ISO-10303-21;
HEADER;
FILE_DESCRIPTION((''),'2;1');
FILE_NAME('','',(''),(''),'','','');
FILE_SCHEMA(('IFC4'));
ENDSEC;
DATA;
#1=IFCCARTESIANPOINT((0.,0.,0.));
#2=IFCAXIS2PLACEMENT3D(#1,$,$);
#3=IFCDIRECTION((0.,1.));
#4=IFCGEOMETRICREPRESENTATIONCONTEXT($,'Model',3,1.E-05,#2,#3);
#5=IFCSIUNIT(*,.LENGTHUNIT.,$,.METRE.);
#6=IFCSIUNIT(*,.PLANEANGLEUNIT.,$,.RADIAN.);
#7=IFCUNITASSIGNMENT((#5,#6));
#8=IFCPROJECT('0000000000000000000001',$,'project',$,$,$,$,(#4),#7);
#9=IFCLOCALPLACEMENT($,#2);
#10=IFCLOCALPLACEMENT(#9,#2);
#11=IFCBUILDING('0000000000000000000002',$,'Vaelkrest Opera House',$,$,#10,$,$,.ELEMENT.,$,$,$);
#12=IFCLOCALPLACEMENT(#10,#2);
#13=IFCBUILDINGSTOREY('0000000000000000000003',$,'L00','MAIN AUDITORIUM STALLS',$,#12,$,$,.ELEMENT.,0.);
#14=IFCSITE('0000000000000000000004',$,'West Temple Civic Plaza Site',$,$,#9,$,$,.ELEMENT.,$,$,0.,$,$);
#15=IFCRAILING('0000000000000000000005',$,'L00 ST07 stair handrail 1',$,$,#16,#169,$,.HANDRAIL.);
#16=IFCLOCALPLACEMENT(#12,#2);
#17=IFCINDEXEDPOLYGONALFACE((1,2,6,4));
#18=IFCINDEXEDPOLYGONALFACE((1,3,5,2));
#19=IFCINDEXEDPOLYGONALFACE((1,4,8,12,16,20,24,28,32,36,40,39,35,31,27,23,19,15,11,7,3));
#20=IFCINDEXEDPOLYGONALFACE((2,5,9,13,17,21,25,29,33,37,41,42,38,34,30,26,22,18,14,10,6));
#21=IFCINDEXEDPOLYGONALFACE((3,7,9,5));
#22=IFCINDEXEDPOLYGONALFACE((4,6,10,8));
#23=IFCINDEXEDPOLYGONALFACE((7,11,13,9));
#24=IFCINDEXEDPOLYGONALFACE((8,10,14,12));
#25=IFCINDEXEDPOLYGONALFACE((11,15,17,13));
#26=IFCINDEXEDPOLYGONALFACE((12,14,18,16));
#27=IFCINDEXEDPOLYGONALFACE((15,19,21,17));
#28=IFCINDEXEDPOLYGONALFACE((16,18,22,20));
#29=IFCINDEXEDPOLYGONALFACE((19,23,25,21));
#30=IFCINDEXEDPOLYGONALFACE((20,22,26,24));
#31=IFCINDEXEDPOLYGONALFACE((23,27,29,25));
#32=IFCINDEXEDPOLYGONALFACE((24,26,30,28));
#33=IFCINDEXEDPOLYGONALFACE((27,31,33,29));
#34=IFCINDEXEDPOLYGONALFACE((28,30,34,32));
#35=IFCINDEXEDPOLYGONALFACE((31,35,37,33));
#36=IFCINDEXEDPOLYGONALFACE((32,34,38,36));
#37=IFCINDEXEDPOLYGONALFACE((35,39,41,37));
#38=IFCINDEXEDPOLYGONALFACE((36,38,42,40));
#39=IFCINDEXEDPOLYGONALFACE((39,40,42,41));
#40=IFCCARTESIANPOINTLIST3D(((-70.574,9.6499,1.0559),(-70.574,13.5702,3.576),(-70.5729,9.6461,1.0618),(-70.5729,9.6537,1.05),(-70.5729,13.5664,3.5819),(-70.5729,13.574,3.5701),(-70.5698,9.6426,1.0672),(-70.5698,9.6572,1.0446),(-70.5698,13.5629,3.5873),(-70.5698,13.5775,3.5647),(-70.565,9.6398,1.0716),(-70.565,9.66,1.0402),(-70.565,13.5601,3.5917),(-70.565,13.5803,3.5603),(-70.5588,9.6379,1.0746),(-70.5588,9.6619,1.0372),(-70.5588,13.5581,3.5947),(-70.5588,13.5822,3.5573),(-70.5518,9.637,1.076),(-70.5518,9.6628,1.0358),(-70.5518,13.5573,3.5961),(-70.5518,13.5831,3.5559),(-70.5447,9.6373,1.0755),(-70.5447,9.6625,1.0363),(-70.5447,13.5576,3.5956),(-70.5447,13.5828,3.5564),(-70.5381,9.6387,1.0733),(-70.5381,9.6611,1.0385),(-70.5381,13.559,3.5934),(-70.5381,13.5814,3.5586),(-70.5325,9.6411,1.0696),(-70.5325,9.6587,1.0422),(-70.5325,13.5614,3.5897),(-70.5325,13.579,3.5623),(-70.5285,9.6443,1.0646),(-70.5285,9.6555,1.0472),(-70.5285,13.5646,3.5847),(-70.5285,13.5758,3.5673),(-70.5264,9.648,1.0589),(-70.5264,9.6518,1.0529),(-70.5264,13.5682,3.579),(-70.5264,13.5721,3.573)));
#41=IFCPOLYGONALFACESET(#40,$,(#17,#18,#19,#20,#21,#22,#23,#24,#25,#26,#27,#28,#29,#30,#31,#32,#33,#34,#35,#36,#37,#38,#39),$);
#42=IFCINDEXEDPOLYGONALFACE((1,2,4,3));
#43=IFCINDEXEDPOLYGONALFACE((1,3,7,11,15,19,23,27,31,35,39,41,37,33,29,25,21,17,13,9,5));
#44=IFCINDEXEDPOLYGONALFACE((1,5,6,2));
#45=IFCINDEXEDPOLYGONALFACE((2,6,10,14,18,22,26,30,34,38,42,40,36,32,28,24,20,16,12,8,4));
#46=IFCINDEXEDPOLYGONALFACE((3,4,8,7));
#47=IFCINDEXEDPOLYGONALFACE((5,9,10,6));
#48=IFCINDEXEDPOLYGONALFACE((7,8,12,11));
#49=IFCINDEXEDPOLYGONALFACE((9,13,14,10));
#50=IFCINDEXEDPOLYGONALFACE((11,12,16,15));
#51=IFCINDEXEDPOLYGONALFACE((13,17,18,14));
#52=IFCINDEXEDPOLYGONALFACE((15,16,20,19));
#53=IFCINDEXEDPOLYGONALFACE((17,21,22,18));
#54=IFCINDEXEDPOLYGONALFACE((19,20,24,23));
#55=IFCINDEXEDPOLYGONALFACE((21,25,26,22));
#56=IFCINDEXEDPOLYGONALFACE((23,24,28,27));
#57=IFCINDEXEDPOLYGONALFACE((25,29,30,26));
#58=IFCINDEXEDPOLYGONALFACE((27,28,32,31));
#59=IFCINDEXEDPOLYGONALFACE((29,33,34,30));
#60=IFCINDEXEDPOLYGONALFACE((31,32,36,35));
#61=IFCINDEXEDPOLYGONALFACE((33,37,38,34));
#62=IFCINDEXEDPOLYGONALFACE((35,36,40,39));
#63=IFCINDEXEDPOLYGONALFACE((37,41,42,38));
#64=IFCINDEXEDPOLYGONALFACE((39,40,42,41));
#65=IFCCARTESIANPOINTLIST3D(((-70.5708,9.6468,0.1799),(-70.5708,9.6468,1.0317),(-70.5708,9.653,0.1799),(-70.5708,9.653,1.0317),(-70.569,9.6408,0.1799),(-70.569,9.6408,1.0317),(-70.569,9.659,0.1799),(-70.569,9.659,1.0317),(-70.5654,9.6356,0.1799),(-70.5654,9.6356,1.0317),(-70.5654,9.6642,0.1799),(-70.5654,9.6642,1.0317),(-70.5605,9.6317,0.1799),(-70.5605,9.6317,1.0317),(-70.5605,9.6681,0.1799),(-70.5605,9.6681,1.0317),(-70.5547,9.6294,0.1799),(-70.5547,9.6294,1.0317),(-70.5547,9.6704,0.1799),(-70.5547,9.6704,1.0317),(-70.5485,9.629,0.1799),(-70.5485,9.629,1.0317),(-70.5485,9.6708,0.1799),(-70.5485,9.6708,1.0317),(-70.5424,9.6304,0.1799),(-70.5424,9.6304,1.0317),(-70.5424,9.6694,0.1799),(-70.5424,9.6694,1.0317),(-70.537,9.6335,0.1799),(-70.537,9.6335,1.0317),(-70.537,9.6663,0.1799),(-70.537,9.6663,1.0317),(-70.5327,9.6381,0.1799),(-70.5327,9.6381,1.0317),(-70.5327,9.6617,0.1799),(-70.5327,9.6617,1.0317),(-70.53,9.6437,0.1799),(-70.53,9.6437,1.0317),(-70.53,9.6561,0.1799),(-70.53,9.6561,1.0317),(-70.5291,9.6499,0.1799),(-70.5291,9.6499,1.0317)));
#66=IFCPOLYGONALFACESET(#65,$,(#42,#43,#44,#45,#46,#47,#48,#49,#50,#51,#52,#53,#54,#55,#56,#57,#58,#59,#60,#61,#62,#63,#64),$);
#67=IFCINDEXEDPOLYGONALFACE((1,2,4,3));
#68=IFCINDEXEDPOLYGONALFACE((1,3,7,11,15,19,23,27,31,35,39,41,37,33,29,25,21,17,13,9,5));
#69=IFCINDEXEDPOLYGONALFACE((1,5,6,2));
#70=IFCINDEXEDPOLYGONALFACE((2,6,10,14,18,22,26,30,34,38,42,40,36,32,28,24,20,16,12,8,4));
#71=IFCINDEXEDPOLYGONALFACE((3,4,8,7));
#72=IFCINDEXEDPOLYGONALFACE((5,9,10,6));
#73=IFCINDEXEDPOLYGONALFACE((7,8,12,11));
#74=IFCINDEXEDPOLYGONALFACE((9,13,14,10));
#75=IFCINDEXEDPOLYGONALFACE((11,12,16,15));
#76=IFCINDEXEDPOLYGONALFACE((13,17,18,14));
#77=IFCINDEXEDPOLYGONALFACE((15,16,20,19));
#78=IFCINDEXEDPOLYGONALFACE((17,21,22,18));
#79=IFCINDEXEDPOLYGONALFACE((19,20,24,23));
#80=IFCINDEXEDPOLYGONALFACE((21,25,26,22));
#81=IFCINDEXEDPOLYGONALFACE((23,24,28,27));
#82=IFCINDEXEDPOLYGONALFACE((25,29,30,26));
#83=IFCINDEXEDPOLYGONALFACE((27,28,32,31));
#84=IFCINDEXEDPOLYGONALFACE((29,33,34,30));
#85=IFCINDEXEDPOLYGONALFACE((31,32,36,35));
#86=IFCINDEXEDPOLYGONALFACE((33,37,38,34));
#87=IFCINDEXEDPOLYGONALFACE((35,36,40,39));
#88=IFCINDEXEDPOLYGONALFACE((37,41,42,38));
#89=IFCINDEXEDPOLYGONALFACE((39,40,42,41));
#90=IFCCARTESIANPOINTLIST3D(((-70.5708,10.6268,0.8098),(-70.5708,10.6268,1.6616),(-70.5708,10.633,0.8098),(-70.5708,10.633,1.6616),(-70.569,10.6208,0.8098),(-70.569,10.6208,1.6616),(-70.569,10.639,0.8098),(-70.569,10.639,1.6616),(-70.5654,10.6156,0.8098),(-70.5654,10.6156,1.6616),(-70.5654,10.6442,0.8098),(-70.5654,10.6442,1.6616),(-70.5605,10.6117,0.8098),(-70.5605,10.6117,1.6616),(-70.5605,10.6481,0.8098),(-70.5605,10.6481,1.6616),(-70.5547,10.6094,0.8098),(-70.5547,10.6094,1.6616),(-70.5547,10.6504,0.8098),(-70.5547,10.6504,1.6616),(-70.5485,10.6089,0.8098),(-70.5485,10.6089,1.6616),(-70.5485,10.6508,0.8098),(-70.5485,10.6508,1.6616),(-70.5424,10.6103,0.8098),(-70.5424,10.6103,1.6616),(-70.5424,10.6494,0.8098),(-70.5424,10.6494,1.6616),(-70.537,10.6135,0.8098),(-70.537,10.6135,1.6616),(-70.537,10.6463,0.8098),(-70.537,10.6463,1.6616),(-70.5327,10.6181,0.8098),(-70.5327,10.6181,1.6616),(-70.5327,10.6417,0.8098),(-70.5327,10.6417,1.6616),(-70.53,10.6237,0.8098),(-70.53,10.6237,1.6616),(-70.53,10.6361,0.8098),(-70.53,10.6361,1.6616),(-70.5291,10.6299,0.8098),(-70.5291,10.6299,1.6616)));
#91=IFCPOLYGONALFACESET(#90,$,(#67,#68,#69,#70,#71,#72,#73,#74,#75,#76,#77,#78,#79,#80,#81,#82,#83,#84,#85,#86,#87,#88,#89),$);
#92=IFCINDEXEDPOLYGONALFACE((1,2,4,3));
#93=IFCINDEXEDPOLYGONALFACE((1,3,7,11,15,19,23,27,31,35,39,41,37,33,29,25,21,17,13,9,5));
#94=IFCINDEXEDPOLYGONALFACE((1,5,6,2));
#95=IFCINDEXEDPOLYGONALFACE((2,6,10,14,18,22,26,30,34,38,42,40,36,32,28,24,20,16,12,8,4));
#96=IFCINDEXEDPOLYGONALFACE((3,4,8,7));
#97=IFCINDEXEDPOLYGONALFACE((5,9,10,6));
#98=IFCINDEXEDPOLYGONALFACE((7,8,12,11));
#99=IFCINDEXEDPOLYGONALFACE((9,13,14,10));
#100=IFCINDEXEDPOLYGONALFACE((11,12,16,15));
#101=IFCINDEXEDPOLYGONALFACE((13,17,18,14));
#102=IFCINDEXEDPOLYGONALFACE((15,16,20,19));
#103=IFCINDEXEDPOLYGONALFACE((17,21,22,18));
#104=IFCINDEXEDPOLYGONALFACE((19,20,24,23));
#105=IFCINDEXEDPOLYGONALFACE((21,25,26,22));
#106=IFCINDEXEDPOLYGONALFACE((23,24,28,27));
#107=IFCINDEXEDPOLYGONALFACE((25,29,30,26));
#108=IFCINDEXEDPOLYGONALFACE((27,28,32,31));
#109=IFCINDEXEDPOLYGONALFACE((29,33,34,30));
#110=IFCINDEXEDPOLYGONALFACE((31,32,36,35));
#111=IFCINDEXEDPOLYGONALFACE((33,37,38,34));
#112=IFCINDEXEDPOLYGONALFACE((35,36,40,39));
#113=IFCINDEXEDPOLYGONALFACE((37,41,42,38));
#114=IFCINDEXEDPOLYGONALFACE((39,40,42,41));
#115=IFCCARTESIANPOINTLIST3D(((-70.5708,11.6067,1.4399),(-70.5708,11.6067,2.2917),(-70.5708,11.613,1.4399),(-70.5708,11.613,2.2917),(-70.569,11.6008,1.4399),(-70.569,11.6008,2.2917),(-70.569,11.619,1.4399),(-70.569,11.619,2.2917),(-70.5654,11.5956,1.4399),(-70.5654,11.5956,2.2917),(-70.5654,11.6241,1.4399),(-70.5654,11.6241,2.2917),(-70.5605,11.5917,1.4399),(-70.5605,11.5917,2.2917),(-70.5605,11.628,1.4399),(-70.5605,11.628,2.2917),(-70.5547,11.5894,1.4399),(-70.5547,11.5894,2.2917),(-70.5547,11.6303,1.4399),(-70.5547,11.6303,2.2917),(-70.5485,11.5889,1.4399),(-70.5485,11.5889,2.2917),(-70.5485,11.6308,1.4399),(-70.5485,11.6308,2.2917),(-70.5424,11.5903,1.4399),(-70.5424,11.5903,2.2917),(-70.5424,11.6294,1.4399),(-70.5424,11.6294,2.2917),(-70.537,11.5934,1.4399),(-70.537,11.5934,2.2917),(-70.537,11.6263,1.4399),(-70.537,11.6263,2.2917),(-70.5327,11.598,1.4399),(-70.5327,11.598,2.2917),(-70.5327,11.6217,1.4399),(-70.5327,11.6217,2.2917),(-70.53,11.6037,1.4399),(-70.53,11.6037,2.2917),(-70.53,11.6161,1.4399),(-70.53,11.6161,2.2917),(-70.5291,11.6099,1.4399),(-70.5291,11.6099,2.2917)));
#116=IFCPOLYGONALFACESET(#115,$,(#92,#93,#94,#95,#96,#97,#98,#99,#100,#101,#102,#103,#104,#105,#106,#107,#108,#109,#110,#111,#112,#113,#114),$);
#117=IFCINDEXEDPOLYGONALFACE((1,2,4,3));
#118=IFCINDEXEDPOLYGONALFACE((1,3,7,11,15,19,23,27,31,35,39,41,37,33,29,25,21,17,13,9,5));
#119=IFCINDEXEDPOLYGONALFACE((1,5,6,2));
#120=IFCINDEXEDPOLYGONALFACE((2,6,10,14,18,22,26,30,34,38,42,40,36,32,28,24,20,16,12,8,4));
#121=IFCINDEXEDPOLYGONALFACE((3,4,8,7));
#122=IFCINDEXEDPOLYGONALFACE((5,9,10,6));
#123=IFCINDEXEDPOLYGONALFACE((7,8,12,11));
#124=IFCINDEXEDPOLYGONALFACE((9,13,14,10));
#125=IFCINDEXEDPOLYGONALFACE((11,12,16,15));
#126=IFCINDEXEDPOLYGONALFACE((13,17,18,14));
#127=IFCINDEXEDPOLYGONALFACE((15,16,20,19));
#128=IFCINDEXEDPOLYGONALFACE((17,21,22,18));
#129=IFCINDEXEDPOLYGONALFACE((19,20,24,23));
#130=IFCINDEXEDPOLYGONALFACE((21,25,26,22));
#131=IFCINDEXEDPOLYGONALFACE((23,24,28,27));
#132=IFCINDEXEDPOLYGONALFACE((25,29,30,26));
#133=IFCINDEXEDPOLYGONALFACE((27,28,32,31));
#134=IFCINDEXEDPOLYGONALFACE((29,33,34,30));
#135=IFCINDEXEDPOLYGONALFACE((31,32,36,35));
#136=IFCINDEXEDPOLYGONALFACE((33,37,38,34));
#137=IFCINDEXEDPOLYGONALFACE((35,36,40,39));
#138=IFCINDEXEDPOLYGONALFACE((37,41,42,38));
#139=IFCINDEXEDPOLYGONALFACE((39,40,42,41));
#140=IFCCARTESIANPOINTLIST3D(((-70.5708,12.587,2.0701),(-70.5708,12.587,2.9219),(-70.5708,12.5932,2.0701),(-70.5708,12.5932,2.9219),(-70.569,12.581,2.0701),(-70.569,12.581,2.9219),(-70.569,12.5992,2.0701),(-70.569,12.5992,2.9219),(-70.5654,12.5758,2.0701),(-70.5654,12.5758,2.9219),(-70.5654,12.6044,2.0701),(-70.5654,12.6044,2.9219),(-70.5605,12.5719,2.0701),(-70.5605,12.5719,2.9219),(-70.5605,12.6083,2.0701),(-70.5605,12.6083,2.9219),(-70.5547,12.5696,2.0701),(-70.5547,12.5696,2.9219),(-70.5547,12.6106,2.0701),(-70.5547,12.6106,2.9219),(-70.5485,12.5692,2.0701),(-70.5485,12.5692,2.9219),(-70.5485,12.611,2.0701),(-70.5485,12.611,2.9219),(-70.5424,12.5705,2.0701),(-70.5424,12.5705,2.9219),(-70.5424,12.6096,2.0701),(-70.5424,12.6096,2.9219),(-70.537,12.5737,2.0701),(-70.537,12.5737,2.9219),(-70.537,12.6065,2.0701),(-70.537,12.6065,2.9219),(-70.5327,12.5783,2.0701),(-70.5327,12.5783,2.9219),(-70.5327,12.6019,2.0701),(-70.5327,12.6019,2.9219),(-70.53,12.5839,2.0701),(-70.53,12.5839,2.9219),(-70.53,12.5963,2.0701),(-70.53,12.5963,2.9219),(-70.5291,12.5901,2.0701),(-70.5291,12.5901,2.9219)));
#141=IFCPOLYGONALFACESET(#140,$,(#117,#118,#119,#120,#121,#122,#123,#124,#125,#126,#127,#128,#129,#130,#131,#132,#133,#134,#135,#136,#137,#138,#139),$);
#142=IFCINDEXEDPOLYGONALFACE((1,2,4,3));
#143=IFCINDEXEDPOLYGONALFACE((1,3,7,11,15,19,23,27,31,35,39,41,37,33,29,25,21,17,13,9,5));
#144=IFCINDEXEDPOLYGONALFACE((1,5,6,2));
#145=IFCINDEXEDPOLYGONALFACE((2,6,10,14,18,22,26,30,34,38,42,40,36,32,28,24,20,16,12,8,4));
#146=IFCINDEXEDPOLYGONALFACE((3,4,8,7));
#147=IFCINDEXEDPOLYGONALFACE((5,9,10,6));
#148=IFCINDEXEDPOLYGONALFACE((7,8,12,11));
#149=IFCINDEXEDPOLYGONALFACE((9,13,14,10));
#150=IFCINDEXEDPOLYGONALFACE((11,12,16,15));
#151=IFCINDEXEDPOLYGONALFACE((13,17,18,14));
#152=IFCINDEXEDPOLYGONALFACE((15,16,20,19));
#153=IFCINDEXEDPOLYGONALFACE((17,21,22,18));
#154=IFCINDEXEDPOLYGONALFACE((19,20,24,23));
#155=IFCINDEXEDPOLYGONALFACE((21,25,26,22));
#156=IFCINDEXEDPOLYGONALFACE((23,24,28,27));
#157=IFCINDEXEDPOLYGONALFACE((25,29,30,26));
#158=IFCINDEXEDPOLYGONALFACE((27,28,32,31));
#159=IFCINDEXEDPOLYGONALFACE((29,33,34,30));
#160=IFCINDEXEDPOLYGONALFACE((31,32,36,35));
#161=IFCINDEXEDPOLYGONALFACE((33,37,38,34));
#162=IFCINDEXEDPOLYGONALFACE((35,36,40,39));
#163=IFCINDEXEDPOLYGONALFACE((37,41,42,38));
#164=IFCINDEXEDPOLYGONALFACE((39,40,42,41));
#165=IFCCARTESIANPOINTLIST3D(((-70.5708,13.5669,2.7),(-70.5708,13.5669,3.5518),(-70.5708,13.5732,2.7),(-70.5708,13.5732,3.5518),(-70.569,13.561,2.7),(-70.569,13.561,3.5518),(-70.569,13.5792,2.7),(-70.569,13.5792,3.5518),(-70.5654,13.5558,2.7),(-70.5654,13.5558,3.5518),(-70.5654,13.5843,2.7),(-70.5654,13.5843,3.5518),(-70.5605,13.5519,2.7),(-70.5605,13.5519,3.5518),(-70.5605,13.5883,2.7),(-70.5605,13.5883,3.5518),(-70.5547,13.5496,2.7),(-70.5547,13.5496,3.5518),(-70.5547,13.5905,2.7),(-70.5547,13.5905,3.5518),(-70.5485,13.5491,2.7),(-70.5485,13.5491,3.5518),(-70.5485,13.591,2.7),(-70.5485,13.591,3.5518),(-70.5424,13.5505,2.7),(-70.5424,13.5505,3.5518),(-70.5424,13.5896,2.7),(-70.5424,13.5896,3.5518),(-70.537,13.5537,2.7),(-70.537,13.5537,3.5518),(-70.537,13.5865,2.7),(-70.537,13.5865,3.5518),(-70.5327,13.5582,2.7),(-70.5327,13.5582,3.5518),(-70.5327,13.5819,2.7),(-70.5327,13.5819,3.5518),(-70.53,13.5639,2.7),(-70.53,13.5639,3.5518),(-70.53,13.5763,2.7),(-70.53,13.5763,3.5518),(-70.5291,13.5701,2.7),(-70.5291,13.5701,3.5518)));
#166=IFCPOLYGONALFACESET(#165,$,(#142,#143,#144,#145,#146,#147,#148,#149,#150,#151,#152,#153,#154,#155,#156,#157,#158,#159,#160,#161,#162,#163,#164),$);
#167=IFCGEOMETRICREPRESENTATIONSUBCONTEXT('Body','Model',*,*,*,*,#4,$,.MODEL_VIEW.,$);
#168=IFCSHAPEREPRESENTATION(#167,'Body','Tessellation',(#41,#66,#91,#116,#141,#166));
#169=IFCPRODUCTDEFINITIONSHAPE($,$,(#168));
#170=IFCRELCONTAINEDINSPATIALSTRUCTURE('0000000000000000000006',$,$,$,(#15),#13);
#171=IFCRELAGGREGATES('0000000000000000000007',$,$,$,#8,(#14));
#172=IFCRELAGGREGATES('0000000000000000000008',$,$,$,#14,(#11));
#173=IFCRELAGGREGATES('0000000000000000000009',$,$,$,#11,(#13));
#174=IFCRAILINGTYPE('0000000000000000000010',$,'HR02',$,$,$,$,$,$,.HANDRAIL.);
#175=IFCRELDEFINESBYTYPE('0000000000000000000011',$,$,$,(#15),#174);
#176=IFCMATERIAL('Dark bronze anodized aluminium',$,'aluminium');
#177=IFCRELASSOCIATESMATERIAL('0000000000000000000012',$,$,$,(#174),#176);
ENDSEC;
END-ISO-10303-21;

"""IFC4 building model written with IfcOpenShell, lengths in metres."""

from ifc_helpers import new_model, si_unit, direction, frame, origin, origin_2d, place, context, subcontext, project, spatial, circle, extrude, material, type_object, element, save


model = new_model("IFC4")

# Units and contexts
model_context = context("Model", 3, precision=1e-05, world=origin(), true_north=direction((0.0, 1.0)))
body_context = subcontext(model_context, "Body", "Model", "MODEL_VIEW")
ifc_project = project(units=[si_unit("LENGTHUNIT", "METRE"), si_unit("PLANEANGLEUNIT", "RADIAN")], contexts=[model_context])

# Site, building, storey
site_placement = place(None, origin())
site = spatial("IfcSite", under=ifc_project, at=site_placement, Name="West Temple Civic Plaza Site", CompositionType="ELEMENT", RefElevation=0.0)
building_placement = place(site_placement, origin())
building = spatial("IfcBuilding", under=site, at=building_placement, Name="Vaelkrest Opera House", CompositionType="ELEMENT")
storey_placement = place(building_placement, origin())
storey = spatial("IfcBuildingStorey", under=building, at=storey_placement, Name="L00", Description="MAIN AUDITORIUM STALLS", CompositionType="ELEMENT", Elevation=0.0)

# Shared definitions
ifc_material_1 = material(Name="Dark bronze anodized aluminium", Category="aluminium")

# Railing
railing_type_1 = type_object("IfcRailingType", Name="HR02", PredefinedType="HANDRAIL", material=ifc_material_1)
railing_1_placement = place(storey_placement, frame((-70.55, 9.6499, 0.1799)))
element("IfcRailing", 1, at=railing_1_placement, inside=storey, type_object=railing_type_1, Name="L00 ST07 stair handrail 1", PredefinedType="HANDRAIL", context=body_context, shape_type="SweptSolid", body=[
    extrude(circle(Radius=0.0239, at=origin_2d()), frame((0.0, 0.0, 0.876), z_axis=(0.0, 0.841187, 0.540744), x_axis=(-1.0, 0.0, 0.0)), (0.0, 0.0, 1.0), 4.6604),
    extrude(circle(Radius=0.021, at=origin_2d()), origin(), (0.0, 0.0, 1.0), 0.8518),
    extrude(circle(Radius=0.021, at=origin_2d()), frame((0.0, 0.98, 0.6299)), (0.0, 0.0, 1.0), 0.8518),
    extrude(circle(Radius=0.021, at=origin_2d()), frame((0.0, 1.96, 1.26)), (0.0, 0.0, 1.0), 0.8518),
    extrude(circle(Radius=0.021, at=origin_2d()), frame((0.0, 2.9402, 1.8901)), (0.0, 0.0, 1.0), 0.8518),
    extrude(circle(Radius=0.021, at=origin_2d()), frame((0.0, 3.9202, 2.52)), (0.0, 0.0, 1.0), 0.8518),
])

save(model, "model.ifc")
